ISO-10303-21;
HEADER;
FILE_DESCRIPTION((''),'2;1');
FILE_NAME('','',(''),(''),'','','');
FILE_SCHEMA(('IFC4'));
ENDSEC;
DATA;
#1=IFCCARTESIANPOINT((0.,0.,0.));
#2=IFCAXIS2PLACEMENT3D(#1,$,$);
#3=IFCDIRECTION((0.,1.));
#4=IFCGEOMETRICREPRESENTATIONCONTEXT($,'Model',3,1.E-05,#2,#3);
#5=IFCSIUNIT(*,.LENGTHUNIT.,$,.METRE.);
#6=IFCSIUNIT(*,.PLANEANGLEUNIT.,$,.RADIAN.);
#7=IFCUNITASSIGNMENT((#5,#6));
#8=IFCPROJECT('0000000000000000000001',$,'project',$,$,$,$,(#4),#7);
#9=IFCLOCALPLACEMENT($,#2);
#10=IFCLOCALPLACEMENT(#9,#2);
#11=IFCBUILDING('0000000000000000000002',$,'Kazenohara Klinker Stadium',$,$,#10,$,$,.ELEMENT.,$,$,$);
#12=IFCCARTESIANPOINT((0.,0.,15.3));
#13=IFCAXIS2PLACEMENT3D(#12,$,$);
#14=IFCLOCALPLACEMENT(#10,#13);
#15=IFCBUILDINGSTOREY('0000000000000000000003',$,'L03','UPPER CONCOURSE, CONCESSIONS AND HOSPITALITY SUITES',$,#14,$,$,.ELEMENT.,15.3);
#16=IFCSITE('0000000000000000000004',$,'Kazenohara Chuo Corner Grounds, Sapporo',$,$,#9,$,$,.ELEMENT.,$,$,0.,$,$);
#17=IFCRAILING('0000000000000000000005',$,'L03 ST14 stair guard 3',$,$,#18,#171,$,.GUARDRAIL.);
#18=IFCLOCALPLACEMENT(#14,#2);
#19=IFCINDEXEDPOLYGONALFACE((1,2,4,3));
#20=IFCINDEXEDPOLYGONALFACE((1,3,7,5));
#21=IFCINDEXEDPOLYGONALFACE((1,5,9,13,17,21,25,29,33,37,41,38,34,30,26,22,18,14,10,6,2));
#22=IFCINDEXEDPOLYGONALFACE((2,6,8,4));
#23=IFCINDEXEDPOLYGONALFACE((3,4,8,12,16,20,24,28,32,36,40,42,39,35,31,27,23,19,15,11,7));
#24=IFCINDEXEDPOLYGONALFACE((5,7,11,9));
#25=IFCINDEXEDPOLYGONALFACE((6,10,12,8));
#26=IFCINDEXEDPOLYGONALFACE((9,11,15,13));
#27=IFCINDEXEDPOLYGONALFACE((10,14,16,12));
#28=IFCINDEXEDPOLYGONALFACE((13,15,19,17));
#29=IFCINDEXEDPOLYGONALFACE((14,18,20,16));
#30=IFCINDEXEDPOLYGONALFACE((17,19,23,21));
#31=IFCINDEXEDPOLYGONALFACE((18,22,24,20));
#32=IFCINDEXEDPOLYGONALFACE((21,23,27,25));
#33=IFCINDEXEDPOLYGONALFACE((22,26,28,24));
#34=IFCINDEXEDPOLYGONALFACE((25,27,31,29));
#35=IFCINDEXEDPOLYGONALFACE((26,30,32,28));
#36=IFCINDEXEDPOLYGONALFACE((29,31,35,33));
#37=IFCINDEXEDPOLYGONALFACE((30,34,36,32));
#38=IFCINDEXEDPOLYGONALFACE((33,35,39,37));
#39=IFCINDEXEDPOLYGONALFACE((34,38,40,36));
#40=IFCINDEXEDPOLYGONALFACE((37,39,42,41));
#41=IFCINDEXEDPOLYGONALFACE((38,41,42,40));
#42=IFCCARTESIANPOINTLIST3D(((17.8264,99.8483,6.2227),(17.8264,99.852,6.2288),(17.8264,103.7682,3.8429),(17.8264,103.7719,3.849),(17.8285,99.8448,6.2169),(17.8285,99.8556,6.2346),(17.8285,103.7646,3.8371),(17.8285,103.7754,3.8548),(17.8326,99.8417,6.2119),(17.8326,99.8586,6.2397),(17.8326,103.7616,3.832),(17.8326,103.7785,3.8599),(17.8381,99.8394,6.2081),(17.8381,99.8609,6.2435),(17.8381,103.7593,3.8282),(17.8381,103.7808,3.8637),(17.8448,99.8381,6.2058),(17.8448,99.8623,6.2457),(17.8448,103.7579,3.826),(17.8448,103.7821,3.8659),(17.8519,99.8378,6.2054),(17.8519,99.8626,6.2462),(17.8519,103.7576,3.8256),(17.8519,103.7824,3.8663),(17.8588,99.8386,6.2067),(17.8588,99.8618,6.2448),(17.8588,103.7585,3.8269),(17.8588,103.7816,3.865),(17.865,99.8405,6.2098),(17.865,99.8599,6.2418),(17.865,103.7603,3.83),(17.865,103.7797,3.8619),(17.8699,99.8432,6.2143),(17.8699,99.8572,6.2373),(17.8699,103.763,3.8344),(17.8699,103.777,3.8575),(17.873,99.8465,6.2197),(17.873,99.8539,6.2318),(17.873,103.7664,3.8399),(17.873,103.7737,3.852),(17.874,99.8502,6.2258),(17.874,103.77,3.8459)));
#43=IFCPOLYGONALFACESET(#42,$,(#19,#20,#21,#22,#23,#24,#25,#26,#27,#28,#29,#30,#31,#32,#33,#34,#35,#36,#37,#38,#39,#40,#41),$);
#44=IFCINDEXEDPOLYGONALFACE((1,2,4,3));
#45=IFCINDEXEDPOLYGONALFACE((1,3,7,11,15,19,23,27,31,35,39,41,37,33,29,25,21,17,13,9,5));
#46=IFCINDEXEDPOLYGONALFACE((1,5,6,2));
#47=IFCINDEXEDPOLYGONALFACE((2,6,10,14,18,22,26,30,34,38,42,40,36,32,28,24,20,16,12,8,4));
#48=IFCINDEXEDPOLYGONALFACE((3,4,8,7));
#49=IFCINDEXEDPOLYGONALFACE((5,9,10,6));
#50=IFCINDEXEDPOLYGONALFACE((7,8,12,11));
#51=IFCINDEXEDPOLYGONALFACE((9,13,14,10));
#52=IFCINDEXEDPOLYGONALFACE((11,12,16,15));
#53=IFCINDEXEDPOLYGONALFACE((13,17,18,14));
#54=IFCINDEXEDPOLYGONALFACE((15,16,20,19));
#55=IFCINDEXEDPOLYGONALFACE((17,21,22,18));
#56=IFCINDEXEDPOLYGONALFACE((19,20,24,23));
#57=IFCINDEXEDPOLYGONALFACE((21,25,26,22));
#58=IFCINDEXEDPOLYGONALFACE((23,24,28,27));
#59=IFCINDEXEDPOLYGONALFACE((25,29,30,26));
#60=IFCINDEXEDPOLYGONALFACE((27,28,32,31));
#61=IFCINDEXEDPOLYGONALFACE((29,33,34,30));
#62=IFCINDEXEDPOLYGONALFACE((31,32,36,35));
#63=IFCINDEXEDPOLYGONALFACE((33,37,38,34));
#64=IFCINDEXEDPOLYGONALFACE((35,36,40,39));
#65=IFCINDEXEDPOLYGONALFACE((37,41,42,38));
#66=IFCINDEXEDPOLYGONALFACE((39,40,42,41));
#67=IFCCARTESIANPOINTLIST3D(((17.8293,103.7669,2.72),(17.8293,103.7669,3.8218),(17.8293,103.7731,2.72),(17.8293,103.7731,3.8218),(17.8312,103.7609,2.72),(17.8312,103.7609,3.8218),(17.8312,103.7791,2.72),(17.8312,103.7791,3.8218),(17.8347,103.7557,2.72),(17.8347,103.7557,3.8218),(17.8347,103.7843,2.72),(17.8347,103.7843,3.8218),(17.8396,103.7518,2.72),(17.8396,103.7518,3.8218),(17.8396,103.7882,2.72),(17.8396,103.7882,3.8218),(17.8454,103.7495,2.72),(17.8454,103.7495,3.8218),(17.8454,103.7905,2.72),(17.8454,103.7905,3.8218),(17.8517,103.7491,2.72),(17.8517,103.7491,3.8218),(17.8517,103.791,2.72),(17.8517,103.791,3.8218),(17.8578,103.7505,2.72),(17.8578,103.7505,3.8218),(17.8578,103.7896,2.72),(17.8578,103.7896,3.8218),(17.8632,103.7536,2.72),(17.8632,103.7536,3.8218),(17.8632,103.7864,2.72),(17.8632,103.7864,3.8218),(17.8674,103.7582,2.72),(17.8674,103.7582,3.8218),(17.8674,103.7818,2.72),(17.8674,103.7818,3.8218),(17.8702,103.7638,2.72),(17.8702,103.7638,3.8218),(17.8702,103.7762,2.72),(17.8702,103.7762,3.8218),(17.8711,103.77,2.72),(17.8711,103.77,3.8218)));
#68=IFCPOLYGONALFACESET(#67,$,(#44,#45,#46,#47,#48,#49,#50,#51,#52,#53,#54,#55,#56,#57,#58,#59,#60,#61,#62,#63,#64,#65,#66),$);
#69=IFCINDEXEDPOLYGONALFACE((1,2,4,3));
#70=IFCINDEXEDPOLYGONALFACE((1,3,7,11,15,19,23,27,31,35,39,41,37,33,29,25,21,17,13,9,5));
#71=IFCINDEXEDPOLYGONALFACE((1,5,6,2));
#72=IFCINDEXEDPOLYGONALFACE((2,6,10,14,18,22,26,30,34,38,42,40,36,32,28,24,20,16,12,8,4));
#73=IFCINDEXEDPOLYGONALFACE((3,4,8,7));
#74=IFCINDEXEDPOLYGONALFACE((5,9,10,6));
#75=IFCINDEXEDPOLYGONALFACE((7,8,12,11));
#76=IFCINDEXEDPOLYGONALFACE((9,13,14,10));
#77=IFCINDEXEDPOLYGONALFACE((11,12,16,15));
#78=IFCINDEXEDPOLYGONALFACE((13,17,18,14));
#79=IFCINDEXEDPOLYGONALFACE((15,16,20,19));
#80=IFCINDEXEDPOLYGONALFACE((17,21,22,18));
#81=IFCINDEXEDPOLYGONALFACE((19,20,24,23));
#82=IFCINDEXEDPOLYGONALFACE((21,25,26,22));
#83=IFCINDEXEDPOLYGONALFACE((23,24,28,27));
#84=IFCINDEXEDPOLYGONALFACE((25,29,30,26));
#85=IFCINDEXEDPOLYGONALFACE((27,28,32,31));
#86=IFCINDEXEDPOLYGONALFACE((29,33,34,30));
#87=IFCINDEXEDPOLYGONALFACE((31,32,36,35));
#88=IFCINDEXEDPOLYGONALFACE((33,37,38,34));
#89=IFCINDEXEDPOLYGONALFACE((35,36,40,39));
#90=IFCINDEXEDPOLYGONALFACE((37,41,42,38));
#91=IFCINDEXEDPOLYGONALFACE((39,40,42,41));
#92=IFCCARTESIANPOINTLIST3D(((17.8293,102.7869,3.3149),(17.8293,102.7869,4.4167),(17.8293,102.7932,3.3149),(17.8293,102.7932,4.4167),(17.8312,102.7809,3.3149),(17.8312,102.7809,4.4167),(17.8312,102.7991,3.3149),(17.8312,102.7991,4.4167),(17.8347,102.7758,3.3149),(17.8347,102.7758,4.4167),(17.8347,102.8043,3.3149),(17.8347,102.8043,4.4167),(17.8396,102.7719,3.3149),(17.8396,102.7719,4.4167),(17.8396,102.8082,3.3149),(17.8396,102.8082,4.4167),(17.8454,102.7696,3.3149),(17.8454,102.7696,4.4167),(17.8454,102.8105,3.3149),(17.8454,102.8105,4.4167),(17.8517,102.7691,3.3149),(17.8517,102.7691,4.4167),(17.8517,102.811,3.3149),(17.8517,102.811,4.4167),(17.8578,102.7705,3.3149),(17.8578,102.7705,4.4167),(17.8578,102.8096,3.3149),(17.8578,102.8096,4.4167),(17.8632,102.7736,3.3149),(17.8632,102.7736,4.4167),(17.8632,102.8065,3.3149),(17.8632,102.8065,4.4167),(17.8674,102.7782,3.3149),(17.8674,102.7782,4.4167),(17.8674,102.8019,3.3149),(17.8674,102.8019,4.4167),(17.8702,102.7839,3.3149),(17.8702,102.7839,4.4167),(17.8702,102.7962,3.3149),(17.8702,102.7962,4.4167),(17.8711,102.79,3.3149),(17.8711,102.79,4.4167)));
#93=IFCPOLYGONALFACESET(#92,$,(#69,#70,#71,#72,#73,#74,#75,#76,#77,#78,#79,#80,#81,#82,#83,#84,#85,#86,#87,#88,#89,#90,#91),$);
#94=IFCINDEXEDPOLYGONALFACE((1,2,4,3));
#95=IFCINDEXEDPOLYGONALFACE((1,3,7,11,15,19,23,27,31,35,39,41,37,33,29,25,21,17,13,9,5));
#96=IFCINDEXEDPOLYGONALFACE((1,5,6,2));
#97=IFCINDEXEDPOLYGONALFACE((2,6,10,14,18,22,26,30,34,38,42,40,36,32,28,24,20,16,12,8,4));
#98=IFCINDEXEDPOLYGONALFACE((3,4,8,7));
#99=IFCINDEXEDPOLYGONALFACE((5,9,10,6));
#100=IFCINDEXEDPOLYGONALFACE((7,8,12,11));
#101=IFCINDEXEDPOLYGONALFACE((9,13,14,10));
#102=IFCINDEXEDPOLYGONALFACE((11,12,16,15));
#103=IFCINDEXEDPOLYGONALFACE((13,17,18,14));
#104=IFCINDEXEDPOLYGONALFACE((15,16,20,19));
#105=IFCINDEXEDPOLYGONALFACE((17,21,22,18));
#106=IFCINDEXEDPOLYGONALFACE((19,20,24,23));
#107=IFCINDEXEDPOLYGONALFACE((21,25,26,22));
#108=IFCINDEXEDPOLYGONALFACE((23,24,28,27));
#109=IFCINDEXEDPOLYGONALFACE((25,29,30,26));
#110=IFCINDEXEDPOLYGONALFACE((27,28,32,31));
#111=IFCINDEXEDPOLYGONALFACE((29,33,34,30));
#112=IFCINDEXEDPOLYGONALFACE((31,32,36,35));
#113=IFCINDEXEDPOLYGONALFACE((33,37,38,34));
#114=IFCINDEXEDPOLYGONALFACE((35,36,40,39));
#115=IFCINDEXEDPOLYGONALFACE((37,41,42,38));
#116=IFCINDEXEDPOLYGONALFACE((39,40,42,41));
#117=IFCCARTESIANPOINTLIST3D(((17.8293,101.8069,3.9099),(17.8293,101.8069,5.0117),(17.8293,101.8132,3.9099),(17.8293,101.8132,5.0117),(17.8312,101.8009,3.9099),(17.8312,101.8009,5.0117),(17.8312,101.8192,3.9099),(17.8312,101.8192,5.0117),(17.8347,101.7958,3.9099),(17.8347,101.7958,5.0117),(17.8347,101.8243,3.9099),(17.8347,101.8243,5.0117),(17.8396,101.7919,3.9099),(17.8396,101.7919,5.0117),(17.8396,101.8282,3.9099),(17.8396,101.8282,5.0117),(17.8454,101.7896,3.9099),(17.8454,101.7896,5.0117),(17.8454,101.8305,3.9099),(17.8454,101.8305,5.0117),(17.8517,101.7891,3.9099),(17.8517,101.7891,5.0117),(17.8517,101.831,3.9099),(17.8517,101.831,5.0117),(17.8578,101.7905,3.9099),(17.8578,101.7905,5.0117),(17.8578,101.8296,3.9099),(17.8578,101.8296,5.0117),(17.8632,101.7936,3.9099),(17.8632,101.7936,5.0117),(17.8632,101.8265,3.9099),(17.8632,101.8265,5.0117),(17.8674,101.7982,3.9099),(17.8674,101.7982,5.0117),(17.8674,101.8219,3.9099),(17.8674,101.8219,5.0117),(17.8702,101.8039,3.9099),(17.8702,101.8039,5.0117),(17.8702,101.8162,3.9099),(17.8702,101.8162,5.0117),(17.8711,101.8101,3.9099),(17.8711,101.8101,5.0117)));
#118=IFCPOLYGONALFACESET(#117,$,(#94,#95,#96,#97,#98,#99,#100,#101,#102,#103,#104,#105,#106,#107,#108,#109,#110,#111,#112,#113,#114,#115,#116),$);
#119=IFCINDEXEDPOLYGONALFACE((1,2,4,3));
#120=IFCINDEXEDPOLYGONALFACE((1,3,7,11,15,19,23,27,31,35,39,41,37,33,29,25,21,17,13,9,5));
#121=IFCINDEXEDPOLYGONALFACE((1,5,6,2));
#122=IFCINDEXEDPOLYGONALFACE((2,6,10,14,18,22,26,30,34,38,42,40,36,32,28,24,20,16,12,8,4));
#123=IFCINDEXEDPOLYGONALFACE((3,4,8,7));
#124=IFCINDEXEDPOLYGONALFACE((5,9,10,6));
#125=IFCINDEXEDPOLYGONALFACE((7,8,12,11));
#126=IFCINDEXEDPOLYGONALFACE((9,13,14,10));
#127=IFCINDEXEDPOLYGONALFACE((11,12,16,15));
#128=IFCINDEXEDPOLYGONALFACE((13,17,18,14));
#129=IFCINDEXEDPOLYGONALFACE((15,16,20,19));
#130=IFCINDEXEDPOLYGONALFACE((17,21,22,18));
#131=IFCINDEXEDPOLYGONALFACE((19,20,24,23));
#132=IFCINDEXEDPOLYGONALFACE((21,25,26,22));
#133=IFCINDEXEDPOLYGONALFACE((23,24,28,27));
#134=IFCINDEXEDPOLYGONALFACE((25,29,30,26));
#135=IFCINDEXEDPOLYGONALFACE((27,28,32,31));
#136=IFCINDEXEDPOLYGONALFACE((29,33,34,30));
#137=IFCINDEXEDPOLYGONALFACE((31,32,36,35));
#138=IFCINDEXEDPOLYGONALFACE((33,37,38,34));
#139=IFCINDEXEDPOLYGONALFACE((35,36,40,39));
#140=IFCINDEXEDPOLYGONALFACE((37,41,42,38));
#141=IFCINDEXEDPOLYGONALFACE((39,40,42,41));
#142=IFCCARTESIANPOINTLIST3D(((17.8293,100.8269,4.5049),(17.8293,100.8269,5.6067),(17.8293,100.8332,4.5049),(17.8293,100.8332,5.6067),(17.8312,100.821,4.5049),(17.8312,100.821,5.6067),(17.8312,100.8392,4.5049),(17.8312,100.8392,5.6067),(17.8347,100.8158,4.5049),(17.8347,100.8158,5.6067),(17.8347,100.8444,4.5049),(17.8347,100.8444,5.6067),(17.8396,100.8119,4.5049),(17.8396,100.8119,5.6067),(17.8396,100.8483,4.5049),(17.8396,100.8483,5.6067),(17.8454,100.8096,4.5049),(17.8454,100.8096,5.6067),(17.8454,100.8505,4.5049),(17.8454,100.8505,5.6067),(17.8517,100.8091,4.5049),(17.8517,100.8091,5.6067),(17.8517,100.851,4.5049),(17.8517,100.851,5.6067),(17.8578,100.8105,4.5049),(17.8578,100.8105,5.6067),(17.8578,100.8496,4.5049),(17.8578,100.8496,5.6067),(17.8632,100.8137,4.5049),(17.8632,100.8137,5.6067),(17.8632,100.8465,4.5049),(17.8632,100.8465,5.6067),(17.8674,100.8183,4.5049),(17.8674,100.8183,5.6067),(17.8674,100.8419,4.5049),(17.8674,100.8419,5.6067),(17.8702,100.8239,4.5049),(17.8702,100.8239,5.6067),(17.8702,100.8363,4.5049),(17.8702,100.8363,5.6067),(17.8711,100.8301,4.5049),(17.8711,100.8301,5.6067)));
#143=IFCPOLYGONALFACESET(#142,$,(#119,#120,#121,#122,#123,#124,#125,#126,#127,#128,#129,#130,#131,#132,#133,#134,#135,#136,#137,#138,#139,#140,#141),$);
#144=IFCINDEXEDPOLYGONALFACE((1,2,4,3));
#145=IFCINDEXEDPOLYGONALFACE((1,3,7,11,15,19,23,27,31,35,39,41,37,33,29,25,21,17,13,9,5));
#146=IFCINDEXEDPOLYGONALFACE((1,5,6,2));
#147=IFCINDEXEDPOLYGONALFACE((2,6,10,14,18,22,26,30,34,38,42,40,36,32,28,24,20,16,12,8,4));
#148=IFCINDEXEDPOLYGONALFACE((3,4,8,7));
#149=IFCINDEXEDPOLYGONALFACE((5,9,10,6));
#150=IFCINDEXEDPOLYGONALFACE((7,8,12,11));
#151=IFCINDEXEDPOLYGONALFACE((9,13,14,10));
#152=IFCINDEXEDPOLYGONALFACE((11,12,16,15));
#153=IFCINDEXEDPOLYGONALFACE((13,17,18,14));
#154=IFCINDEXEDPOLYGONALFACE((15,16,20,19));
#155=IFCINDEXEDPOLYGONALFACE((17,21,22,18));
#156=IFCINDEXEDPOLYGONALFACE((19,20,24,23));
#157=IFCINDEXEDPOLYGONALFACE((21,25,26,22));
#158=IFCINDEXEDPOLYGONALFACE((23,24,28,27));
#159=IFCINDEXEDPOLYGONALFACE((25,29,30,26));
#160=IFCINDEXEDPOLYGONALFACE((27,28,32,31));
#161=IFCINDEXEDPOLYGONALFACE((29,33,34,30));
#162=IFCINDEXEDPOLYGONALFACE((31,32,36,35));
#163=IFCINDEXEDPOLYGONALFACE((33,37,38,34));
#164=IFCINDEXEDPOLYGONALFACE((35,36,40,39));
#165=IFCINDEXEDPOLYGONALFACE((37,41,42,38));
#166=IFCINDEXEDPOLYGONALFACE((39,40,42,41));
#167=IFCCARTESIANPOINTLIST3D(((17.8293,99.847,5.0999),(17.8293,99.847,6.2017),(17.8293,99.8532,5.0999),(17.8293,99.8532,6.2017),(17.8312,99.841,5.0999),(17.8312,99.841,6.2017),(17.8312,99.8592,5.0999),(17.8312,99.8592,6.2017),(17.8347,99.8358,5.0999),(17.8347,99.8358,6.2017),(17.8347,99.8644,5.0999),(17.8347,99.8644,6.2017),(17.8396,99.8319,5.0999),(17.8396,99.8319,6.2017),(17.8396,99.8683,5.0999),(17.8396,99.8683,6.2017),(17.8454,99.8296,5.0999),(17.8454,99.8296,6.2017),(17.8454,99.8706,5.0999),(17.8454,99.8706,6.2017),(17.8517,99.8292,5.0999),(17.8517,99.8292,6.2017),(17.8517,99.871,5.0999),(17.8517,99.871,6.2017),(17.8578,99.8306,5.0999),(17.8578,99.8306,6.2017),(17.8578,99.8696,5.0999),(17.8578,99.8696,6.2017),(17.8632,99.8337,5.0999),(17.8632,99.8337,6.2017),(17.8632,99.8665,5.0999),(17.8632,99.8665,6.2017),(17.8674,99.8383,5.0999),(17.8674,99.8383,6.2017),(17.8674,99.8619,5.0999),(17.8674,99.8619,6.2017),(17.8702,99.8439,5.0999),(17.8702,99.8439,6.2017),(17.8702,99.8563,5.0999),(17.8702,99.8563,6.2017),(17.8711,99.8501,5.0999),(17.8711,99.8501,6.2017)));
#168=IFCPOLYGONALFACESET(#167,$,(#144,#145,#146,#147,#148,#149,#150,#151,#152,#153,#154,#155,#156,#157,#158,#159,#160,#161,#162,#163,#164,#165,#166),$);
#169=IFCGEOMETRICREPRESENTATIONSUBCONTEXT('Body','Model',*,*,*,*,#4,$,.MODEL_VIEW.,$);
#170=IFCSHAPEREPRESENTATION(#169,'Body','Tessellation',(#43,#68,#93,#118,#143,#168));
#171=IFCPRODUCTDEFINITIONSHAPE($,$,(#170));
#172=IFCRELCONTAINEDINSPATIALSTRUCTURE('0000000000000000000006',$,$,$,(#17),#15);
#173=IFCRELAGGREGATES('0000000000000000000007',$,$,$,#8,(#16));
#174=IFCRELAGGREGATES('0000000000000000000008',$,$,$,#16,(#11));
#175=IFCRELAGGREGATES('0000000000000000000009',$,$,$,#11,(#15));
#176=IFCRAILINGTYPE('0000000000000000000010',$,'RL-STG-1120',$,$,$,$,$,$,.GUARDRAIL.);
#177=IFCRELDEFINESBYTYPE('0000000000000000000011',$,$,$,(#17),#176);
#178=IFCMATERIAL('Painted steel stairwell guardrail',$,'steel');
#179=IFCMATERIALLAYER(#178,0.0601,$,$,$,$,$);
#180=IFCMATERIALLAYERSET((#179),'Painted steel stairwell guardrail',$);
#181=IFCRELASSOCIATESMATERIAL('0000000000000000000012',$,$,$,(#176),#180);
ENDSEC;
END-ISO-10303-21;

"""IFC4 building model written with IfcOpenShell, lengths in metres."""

from ifc_helpers import new_model, si_unit, direction, frame, origin, origin_2d, place, context, subcontext, project, spatial, circle, extrude, material, layer, layer_set, type_object, element, save


model = new_model("IFC4")

# Units and contexts
model_context = context("Model", 3, precision=1e-05, world=origin(), true_north=direction((0.0, 1.0)))
body_context = subcontext(model_context, "Body", "Model", "MODEL_VIEW")
ifc_project = project(units=[si_unit("LENGTHUNIT", "METRE"), si_unit("PLANEANGLEUNIT", "RADIAN")], contexts=[model_context])

# Site, building, storey
site_placement = place(None, origin())
site = spatial("IfcSite", under=ifc_project, at=site_placement, Name="Kazenohara Chuo Corner Grounds, Sapporo", CompositionType="ELEMENT", RefElevation=0.0)
building_placement = place(site_placement, origin())
building = spatial("IfcBuilding", under=site, at=building_placement, Name="Kazenohara Klinker Stadium", CompositionType="ELEMENT")
storey_placement = place(building_placement, frame((0.0, 0.0, 15.3)))
storey = spatial("IfcBuildingStorey", under=building, at=storey_placement, Name="L03", Description="UPPER CONCOURSE, CONCESSIONS AND HOSPITALITY SUITES", CompositionType="ELEMENT", Elevation=15.3)

# Railing
ifc_material_1 = material(Name="Painted steel stairwell guardrail", Category="steel")
ifc_layer_1 = layer(ifc_material_1, 0.0601)
ifc_layer_set_1 = layer_set([ifc_layer_1], Name="Painted steel stairwell guardrail")
railing_type_1 = type_object("IfcRailingType", Name="RL-STG-1120", PredefinedType="GUARDRAIL", material=ifc_layer_set_1)
railing_1_placement = place(storey_placement, frame((17.8501, 103.77, 2.72)))
element("IfcRailing", 1, at=railing_1_placement, inside=storey, type_object=railing_type_1, Name="L03 ST14 stair guard 3", PredefinedType="GUARDRAIL", context=body_context, shape_type="SweptSolid", body=[
    extrude(circle(Radius=0.0239, at=origin_2d()), frame((0.0, 0.0, 1.126), z_axis=(0.0, -0.854794, 0.518967), x_axis=(1.0, 0.0, 0.0)), (0.0, 0.0, 1.0), 4.5857),
    extrude(circle(Radius=0.021, at=origin_2d()), origin(), (0.0, 0.0, 1.0), 1.1018),
    extrude(circle(Radius=0.021, at=origin_2d()), frame((0.0, -0.98, 0.595)), (0.0, 0.0, 1.0), 1.1018),
    extrude(circle(Radius=0.021, at=origin_2d()), frame((0.0, -1.96, 1.1899)), (0.0, 0.0, 1.0), 1.1018),
    extrude(circle(Radius=0.021, at=origin_2d()), frame((0.0, -2.9399, 1.7849)), (0.0, 0.0, 1.0), 1.1018),
    extrude(circle(Radius=0.021, at=origin_2d()), frame((0.0, -3.9199, 2.3799)), (0.0, 0.0, 1.0), 1.1018),
])

save(model, "model.ifc")
